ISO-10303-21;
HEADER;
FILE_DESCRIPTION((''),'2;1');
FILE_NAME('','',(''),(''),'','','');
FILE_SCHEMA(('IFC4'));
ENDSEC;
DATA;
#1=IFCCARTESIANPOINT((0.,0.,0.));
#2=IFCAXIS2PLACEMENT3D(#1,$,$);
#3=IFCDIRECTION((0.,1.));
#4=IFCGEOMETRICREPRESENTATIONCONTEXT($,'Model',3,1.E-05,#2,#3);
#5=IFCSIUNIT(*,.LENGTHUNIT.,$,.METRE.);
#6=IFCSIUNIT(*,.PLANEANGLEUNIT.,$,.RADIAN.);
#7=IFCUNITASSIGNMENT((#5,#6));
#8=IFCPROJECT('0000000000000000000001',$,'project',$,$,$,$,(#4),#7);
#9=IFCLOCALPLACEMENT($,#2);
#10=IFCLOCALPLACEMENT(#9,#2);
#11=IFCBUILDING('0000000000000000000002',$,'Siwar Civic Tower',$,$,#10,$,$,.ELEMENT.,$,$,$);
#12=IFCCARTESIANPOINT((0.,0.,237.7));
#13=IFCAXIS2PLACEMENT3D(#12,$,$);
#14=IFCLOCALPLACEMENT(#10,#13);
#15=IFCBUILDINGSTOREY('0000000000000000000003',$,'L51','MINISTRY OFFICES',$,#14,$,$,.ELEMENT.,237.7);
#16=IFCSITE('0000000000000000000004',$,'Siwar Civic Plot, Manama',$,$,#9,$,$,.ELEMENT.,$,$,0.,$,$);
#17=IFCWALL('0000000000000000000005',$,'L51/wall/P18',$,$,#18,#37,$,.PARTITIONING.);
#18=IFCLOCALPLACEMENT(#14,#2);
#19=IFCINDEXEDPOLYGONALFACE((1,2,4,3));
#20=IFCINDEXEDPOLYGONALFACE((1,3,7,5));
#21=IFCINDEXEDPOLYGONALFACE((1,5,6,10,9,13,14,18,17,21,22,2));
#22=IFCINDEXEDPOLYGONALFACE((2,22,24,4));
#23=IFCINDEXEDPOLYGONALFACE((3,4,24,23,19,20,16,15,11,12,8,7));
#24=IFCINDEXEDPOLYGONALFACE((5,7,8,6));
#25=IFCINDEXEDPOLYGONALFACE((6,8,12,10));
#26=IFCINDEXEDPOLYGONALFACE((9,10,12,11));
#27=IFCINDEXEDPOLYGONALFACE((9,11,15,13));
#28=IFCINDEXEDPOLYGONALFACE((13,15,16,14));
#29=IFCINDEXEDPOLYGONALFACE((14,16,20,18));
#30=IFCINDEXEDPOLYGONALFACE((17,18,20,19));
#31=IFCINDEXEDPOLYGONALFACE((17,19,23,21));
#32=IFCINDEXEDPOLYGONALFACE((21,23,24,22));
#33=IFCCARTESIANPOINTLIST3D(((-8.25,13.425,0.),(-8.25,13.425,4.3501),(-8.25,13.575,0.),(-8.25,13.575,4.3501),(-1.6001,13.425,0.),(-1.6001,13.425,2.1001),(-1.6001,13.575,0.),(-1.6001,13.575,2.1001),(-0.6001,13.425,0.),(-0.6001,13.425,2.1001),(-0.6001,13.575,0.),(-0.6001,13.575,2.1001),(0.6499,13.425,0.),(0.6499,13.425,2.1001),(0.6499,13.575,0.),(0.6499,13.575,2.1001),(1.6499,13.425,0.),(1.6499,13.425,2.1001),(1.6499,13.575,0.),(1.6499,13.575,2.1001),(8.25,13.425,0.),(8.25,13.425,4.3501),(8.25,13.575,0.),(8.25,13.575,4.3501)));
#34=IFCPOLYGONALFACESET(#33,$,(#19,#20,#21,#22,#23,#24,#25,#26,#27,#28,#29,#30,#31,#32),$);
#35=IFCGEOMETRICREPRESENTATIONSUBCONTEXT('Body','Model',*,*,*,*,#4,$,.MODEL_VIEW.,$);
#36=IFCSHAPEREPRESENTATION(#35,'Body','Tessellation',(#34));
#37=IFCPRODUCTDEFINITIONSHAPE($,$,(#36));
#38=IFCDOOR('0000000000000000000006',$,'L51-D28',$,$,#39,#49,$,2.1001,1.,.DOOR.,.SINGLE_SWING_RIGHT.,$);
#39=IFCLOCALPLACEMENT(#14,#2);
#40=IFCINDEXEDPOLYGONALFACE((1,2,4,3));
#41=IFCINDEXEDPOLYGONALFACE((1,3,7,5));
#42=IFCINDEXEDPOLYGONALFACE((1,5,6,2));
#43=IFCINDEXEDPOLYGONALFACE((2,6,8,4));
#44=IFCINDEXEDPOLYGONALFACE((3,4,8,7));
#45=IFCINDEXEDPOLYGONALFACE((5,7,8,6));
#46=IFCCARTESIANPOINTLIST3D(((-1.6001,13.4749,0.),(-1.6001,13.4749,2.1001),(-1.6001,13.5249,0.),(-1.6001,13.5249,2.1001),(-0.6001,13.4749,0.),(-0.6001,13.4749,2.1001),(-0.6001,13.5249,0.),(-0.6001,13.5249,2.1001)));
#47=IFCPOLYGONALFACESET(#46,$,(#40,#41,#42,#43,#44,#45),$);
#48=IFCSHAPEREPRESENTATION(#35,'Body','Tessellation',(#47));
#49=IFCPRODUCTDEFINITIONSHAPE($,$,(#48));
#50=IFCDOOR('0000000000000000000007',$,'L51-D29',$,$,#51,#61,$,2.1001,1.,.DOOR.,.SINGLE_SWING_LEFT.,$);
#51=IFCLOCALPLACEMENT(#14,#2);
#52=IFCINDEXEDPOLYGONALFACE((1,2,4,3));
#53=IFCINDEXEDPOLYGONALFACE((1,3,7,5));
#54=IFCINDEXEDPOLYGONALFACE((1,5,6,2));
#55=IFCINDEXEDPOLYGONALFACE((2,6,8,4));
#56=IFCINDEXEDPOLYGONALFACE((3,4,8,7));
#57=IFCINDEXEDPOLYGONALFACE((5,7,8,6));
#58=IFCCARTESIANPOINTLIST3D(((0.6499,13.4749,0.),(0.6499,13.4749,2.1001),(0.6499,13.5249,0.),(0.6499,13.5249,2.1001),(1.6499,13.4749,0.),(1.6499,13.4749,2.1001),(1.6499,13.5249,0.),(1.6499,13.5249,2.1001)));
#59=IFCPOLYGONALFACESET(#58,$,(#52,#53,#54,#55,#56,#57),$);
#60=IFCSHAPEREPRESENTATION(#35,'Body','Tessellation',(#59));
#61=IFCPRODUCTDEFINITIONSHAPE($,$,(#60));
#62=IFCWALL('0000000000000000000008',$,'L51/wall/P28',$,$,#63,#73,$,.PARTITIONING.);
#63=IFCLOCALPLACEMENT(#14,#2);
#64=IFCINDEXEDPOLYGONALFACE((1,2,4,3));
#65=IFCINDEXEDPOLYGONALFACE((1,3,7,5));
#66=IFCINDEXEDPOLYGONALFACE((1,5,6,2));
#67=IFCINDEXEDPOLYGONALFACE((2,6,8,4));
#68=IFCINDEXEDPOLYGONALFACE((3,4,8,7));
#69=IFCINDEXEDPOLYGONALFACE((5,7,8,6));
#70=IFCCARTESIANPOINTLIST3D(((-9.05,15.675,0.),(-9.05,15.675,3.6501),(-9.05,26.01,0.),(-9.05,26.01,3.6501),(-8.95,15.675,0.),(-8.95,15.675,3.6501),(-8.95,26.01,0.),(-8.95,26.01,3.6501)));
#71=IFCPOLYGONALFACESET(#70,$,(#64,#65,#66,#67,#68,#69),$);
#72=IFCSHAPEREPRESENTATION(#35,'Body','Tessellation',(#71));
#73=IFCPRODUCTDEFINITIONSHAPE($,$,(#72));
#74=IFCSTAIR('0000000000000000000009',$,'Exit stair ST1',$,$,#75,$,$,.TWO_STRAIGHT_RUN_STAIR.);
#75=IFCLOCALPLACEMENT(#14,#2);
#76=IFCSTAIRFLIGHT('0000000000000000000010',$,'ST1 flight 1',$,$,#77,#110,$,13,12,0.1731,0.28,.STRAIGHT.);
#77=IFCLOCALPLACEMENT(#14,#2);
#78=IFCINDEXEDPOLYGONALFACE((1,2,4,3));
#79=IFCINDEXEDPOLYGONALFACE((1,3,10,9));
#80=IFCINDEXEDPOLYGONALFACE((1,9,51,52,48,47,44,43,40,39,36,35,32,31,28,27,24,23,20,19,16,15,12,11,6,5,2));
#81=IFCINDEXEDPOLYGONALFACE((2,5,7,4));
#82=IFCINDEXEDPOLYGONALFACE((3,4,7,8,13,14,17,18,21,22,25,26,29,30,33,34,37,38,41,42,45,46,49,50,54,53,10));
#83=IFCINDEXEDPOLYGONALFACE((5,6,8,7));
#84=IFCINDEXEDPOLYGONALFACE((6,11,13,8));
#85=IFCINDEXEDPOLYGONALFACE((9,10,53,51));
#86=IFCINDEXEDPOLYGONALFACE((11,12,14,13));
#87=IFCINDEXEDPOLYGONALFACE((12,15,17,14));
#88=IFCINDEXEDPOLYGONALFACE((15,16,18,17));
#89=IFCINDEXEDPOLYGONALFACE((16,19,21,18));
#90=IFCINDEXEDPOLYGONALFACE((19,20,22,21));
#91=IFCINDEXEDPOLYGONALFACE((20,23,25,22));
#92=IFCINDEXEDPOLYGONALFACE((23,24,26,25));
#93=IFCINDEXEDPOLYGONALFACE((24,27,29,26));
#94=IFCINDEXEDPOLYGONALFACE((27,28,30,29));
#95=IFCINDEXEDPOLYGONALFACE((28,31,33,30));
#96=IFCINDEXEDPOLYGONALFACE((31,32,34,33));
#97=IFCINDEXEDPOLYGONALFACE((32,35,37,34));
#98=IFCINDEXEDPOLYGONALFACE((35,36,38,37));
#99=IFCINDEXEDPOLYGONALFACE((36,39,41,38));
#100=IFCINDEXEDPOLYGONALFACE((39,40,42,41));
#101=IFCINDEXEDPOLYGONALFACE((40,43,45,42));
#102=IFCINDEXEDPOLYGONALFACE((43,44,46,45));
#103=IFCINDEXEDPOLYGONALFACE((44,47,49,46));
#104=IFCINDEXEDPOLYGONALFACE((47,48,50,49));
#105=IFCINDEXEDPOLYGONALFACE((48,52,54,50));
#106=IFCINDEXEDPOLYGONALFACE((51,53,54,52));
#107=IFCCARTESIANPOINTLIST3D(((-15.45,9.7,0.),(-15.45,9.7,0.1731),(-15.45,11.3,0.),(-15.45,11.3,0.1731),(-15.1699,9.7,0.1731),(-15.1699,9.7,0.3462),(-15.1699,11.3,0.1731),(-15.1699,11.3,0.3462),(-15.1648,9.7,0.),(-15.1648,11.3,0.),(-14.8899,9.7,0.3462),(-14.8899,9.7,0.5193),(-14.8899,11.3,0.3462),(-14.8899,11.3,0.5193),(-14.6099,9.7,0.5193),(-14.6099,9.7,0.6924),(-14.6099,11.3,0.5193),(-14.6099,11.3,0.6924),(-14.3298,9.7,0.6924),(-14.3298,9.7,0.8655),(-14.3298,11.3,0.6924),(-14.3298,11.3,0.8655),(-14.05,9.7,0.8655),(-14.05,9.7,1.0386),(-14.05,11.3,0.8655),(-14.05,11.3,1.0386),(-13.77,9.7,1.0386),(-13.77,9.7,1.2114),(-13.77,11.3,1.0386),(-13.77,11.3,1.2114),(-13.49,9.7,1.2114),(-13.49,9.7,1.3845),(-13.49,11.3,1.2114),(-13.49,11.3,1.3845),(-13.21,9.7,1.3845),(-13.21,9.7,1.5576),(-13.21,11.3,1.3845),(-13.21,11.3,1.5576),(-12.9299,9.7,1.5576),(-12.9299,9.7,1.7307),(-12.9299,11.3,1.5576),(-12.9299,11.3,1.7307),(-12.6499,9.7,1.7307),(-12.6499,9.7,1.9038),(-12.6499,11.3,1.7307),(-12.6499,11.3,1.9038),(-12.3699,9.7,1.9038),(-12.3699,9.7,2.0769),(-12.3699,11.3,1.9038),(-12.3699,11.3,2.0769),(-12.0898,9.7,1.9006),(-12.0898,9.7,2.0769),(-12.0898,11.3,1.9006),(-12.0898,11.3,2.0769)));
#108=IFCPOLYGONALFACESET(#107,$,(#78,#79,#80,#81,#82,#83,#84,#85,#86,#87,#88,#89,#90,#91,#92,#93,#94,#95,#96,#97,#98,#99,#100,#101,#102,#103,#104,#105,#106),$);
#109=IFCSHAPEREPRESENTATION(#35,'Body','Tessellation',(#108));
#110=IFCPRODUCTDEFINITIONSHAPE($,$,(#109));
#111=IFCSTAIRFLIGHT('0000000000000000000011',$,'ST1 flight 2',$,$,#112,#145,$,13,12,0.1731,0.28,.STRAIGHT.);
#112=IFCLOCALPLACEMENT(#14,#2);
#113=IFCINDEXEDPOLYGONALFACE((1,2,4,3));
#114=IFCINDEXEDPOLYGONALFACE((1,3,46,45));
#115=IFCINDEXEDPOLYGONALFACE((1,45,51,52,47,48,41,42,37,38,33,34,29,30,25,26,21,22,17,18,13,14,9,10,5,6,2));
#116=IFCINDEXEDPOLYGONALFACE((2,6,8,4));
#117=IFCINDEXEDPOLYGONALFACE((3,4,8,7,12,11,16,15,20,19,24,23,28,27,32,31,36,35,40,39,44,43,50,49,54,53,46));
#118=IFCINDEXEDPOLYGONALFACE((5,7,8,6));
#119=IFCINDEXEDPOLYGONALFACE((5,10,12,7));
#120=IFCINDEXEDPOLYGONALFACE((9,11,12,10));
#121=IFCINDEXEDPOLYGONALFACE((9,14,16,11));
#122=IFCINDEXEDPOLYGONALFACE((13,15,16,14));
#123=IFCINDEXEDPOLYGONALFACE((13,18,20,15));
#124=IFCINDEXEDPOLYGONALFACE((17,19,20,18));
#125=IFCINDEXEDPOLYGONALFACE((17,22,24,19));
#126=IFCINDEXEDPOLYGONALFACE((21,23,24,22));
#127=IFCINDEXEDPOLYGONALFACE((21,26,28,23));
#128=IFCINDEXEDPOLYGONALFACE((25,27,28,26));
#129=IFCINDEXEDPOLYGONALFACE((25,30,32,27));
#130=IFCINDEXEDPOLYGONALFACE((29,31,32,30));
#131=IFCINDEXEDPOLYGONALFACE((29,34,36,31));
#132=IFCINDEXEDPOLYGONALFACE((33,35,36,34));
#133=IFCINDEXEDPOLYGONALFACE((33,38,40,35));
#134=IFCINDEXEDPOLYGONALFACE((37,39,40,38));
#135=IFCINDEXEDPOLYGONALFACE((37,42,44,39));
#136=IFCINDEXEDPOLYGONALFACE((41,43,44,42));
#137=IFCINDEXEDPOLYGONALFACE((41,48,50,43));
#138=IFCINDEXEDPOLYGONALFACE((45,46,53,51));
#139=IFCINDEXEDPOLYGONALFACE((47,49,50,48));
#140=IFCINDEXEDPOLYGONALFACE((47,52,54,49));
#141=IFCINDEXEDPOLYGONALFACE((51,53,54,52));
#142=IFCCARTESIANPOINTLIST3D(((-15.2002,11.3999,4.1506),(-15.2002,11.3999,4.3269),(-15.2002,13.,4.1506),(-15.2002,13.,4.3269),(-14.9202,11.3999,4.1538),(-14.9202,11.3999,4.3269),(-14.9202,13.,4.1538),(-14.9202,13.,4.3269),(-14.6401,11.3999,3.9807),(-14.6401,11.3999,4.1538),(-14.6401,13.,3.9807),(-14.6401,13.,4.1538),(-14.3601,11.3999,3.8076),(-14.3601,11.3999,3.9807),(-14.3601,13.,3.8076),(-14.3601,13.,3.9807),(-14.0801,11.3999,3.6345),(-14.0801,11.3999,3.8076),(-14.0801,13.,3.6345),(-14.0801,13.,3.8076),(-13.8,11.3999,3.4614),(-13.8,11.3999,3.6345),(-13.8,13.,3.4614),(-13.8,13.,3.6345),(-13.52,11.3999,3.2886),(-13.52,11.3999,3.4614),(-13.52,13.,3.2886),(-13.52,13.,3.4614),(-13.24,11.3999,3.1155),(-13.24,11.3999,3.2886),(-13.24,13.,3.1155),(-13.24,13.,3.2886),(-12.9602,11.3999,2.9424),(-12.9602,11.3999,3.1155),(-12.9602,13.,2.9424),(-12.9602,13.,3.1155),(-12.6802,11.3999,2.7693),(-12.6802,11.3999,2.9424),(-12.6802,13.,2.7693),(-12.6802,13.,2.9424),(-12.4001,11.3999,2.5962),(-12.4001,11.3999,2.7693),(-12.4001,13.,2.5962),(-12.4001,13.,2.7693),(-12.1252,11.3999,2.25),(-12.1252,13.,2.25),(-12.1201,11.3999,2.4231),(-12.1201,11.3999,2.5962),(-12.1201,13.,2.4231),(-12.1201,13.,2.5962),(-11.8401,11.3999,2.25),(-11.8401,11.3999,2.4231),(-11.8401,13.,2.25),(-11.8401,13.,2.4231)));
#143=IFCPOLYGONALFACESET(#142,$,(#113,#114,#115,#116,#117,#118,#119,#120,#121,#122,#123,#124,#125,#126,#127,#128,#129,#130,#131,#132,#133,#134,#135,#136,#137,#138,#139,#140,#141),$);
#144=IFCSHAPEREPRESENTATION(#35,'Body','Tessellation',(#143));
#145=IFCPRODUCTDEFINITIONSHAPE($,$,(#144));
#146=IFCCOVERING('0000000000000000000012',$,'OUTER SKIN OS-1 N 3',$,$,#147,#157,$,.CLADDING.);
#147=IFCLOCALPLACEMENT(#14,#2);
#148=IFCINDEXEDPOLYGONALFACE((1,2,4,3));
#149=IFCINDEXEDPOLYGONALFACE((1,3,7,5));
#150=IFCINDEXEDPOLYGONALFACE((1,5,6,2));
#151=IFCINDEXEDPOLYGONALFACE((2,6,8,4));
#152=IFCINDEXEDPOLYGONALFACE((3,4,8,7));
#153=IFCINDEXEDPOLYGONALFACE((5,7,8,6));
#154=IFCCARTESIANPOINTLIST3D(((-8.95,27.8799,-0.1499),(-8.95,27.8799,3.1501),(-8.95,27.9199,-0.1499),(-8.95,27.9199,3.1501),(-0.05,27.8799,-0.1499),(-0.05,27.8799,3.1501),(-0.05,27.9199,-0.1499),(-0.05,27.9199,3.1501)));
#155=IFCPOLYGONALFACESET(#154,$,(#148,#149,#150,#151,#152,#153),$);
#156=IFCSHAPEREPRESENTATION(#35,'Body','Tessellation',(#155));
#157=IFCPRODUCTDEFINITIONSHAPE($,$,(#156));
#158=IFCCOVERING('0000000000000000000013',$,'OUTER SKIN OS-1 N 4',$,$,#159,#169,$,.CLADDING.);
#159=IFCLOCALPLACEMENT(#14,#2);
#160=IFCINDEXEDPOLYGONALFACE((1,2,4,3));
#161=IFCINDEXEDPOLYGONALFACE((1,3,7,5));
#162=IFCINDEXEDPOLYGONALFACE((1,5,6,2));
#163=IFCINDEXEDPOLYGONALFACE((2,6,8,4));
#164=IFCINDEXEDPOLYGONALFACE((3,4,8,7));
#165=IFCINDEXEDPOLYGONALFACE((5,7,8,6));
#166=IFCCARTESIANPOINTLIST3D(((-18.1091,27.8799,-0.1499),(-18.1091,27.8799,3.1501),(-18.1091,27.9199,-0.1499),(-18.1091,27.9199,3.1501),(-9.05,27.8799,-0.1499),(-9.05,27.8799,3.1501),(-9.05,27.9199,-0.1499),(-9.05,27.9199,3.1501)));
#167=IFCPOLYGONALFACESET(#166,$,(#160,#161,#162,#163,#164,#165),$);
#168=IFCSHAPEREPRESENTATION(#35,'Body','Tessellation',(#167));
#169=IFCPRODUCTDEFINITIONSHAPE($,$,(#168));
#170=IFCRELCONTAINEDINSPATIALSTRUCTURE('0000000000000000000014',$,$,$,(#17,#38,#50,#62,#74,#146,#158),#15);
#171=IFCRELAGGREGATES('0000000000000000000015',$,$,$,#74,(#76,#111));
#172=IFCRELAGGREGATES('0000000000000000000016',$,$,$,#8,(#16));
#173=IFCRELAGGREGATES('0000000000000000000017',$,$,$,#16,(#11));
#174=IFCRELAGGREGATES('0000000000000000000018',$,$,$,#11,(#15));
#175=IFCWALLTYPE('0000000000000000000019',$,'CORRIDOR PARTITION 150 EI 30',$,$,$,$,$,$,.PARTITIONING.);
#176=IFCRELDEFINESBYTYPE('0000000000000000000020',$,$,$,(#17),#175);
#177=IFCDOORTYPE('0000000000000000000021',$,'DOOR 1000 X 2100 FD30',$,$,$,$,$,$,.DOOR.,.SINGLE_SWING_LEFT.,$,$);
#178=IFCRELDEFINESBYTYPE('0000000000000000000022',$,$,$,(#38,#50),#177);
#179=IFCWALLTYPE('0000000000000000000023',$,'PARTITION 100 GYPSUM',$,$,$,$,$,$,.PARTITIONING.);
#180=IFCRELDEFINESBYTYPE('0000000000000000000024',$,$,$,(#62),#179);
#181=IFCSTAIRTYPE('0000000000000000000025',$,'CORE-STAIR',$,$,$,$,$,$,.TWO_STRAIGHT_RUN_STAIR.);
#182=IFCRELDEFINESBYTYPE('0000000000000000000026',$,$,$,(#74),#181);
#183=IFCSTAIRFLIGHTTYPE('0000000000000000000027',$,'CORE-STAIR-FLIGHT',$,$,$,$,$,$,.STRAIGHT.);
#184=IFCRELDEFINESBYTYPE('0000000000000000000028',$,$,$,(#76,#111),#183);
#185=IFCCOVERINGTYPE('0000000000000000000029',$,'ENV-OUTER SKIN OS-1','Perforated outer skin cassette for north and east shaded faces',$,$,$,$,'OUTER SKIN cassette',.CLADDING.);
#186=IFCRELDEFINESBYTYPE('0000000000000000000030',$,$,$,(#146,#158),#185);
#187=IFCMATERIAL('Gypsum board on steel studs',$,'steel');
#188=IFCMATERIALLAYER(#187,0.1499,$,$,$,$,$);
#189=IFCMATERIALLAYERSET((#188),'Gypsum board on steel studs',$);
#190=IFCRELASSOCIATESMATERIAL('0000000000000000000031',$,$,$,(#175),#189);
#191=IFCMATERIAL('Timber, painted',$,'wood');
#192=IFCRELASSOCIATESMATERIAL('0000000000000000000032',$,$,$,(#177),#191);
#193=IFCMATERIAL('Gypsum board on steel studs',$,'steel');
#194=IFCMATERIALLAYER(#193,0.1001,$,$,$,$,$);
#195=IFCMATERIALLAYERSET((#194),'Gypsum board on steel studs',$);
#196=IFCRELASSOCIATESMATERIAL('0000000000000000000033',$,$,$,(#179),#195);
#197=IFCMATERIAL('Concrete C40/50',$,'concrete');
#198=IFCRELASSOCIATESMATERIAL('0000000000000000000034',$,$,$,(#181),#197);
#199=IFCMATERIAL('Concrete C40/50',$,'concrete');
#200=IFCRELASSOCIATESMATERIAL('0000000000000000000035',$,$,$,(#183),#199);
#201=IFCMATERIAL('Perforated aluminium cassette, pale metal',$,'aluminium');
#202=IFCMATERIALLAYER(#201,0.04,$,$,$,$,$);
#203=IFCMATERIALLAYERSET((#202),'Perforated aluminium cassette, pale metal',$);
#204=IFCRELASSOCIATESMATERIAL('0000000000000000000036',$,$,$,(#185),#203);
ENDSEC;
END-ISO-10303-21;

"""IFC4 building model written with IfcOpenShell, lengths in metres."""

from ifc_helpers import new_model, si_unit, direction, frame, frame_2d, origin, origin_2d, place, context, subcontext, project, spatial, polyline, rectangle, outline, extrude, material, layer, layer_set, type_object, element, fill, aggregate, save


model = new_model("IFC4")

# Units and contexts
model_context = context("Model", 3, precision=1e-05, world=origin(), true_north=direction((0.0, 1.0)))
body_context = subcontext(model_context, "Body", "Model", "MODEL_VIEW")
ifc_project = project(units=[si_unit("LENGTHUNIT", "METRE"), si_unit("PLANEANGLEUNIT", "RADIAN")], contexts=[model_context])

# Site, building, storey
site_placement = place(None, origin())
site = spatial("IfcSite", under=ifc_project, at=site_placement, Name="Siwar Civic Plot, Manama", CompositionType="ELEMENT", RefElevation=0.0)
building_placement = place(site_placement, origin())
building = spatial("IfcBuilding", under=site, at=building_placement, Name="Siwar Civic Tower", CompositionType="ELEMENT")
storey_placement = place(building_placement, frame((0.0, 0.0, 237.7)))
storey = spatial("IfcBuildingStorey", under=building, at=storey_placement, Name="L51", Description="MINISTRY OFFICES", CompositionType="ELEMENT", Elevation=237.7)

# Wall, openings, doors
ifc_material_1 = material(Name="Gypsum board on steel studs", Category="steel")
ifc_layer_1 = layer(ifc_material_1, 0.1499)
ifc_layer_set_1 = layer_set([ifc_layer_1], Name="Gypsum board on steel studs")
wall_type_1 = type_object("IfcWallType", Name="CORRIDOR PARTITION 150 EI 30", PredefinedType="PARTITIONING", material=ifc_layer_set_1)
wall_1_placement = place(storey_placement, frame((-8.25, 13.5, 0.0), z_axis=(0.0, 0.0, 1.0), x_axis=(1.0, 0.0, 0.0)))
wall_1 = element("IfcWall", 1, at=wall_1_placement, inside=storey, type_object=wall_type_1, Name="L51/wall/P18", PredefinedType="PARTITIONING", context=body_context, shape_type="SweptSolid", body=[
    extrude(rectangle(XDim=16.5, YDim=0.1499, at=frame_2d((8.25, 0.0))), origin(), (0.0, 0.0, 1.0), 4.3501),
])
opening_1_placement = place(wall_1_placement, frame((6.6499, 0.0, 0.0)))
opening_1 = element("IfcOpeningElement", 2, at=opening_1_placement, cuts=wall_1, PredefinedType="OPENING", context=body_context, shape_type="SweptSolid", body=[
    extrude(rectangle(XDim=1.0, YDim=2.1001, at=frame_2d((0.5, 1.05))), frame((0.0, 0.085, 0.0), z_axis=(0.0, -1.0, 0.0), x_axis=(1.0, 0.0, 0.0)), (0.0, 0.0, 1.0), 0.1699),
])
opening_2_placement = place(wall_1_placement, frame((8.8999, 0.0, 0.0)))
opening_2 = element("IfcOpeningElement", 3, at=opening_2_placement, cuts=wall_1, PredefinedType="OPENING", context=body_context, shape_type="SweptSolid", body=[
    extrude(rectangle(XDim=1.0, YDim=2.1001, at=frame_2d((0.5, 1.05))), frame((0.0, 0.085, 0.0), z_axis=(0.0, -1.0, 0.0), x_axis=(1.0, 0.0, 0.0)), (0.0, 0.0, 1.0), 0.1699),
])
ifc_material_2 = material(Name="Timber, painted", Category="wood")
door_type_1 = type_object("IfcDoorType", Name="DOOR 1000 X 2100 FD30", OperationType="SINGLE_SWING_LEFT", PredefinedType="DOOR", material=ifc_material_2)
door_1_placement = place(opening_1_placement, origin())
door_1 = element("IfcDoor", 4, at=door_1_placement, inside=storey, type_object=door_type_1, Name="L51-D28", OperationType="SINGLE_SWING_RIGHT", OverallHeight=2.1001, OverallWidth=1.0, PredefinedType="DOOR", context=body_context, shape_type="SweptSolid", body=[
    extrude(rectangle(XDim=1.0, YDim=2.1001, at=frame_2d((0.5, 1.05))), frame((0.0, 0.0249, 0.0), z_axis=(0.0, -1.0, 0.0), x_axis=(1.0, 0.0, 0.0)), (0.0, 0.0, 1.0), 0.05),
])
fill(opening_1, door_1)
door_2_placement = place(opening_2_placement, origin())
door_2 = element("IfcDoor", 5, at=door_2_placement, inside=storey, type_object=door_type_1, Name="L51-D29", OperationType="SINGLE_SWING_LEFT", OverallHeight=2.1001, OverallWidth=1.0, PredefinedType="DOOR", context=body_context, shape_type="SweptSolid", body=[
    extrude(rectangle(XDim=1.0, YDim=2.1001, at=frame_2d((0.5, 1.05))), frame((0.0, 0.0249, 0.0), z_axis=(0.0, -1.0, 0.0), x_axis=(1.0, 0.0, 0.0)), (0.0, 0.0, 1.0), 0.05),
])
fill(opening_2, door_2)

# Wall
ifc_material_3 = material(Name="Gypsum board on steel studs", Category="steel")
ifc_layer_2 = layer(ifc_material_3, 0.1001)
ifc_layer_set_2 = layer_set([ifc_layer_2], Name="Gypsum board on steel studs")
wall_type_2 = type_object("IfcWallType", Name="PARTITION 100 GYPSUM", PredefinedType="PARTITIONING", material=ifc_layer_set_2)
wall_2_placement = place(storey_placement, frame((-9.0, 15.675, 0.0), z_axis=(0.0, 0.0, 1.0), x_axis=(0.0, 1.0, 0.0)))
element("IfcWall", 6, at=wall_2_placement, inside=storey, type_object=wall_type_2, Name="L51/wall/P28", PredefinedType="PARTITIONING", context=body_context, shape_type="SweptSolid", body=[
    extrude(rectangle(XDim=10.335, YDim=0.1001, at=frame_2d((5.1675, 0.0))), origin(), (0.0, 0.0, 1.0), 3.6501),
])

# Stair, stair flights
ifc_material_4 = material(Name="Concrete C40/50", Category="concrete")
stair_type = type_object("IfcStairType", Name="CORE-STAIR", PredefinedType="TWO_STRAIGHT_RUN_STAIR", material=ifc_material_4)
stair_placement = place(storey_placement, origin())
stair = element("IfcStair", 7, at=stair_placement, inside=storey, type_object=stair_type, Name="Exit stair ST1", PredefinedType="TWO_STRAIGHT_RUN_STAIR")
ifc_material_5 = material(Name="Concrete C40/50", Category="concrete")
stair_flight_type = type_object("IfcStairFlightType", Name="CORE-STAIR-FLIGHT", PredefinedType="STRAIGHT", material=ifc_material_5)
stair_flight_1_placement = place(storey_placement, frame((-15.45, 10.5, 0.0), z_axis=(0.0, 0.0, 1.0), x_axis=(1.0, 0.0, 0.0)))
stair_flight_1 = element("IfcStairFlight", 8, at=stair_flight_1_placement, type_object=stair_flight_type, Name="ST1 flight 1", NumberOfRisers=13, NumberOfTreads=12, PredefinedType="STRAIGHT", RiserHeight=0.1731, TreadLength=0.28, context=body_context, shape_type="SweptSolid", body=[
    extrude(outline(polyline([(0.0, 0.0), (0.0, 0.1731), (0.28, 0.1731), (0.28, 0.3462), (0.5601, 0.3462), (0.5601, 0.5193), (0.8401, 0.5193), (0.8401, 0.6924), (1.1201, 0.6924), (1.1201, 0.8655), (1.3999, 0.8655), (1.3999, 1.0386), (1.6799, 1.0386), (1.6799, 1.2114), (1.96, 1.2114), (1.96, 1.3845), (2.24, 1.3845), (2.24, 1.5576), (2.52, 1.5576), (2.52, 1.7307), (2.8, 1.7307), (2.8, 1.9038), (3.0801, 1.9038), (3.0801, 2.0769), (3.3601, 2.0769), (3.3601, 2.25), (3.3601, 1.9006), (0.2852, 0.0), (0.0, 0.0)])), frame((0.0, 0.8, 0.0), z_axis=(0.0, -1.0, 0.0), x_axis=(1.0, 0.0, 0.0)), (0.0, 0.0, 1.0), 1.6001),
])
stair_flight_2_placement = place(storey_placement, frame((-11.8401, 12.2, 2.25), z_axis=(0.0, 0.0, 1.0), x_axis=(-1.0, 0.0, 0.0)))
stair_flight_2 = element("IfcStairFlight", 9, at=stair_flight_2_placement, type_object=stair_flight_type, Name="ST1 flight 2", NumberOfRisers=13, NumberOfTreads=12, PredefinedType="STRAIGHT", RiserHeight=0.1731, TreadLength=0.28, context=body_context, shape_type="SweptSolid", body=[
    extrude(outline(polyline([(0.0, 0.0), (0.0, 0.1731), (0.28, 0.1731), (0.28, 0.3462), (0.5601, 0.3462), (0.5601, 0.5193), (0.8401, 0.5193), (0.8401, 0.6924), (1.1201, 0.6924), (1.1201, 0.8655), (1.3999, 0.8655), (1.3999, 1.0386), (1.6799, 1.0386), (1.6799, 1.2114), (1.96, 1.2114), (1.96, 1.3845), (2.24, 1.3845), (2.24, 1.5576), (2.52, 1.5576), (2.52, 1.7307), (2.8, 1.7307), (2.8, 1.9038), (3.0801, 1.9038), (3.0801, 2.0769), (3.3601, 2.0769), (3.3601, 2.25), (3.3601, 1.9006), (0.2852, 0.0), (0.0, 0.0)])), frame((0.0, 0.8, 0.0), z_axis=(0.0, -1.0, 0.0), x_axis=(1.0, 0.0, 0.0)), (0.0, 0.0, 1.0), 1.6001),
])
aggregate(stair, [stair_flight_1, stair_flight_2])

# Coverings
ifc_material_6 = material(Name="Perforated aluminium cassette, pale metal", Category="aluminium")
ifc_layer_3 = layer(ifc_material_6, 0.04)
ifc_layer_set_3 = layer_set([ifc_layer_3], Name="Perforated aluminium cassette, pale metal")
covering_type = type_object("IfcCoveringType", Name="ENV-OUTER SKIN OS-1", Description="Perforated outer skin cassette for north and east shaded faces", ElementType="OUTER SKIN cassette", PredefinedType="CLADDING", material=ifc_layer_set_3)
covering_1_placement = place(storey_placement, frame((-4.5, 27.8999, -0.1499), z_axis=(0.0, 0.0, 1.0), x_axis=(-1.0, 0.0, 0.0)))
element("IfcCovering", 10, at=covering_1_placement, inside=storey, type_object=covering_type, Name="OUTER SKIN OS-1 N 3", PredefinedType="CLADDING", context=body_context, shape_type="SweptSolid", body=[
    extrude(rectangle(XDim=8.8999, YDim=0.04, at=origin_2d()), origin(), (0.0, 0.0, 1.0), 3.3),
])
covering_2_placement = place(storey_placement, frame((-13.5796, 27.8999, -0.1499), z_axis=(0.0, 0.0, 1.0), x_axis=(-1.0, 0.0, 0.0)))
element("IfcCovering", 11, at=covering_2_placement, inside=storey, type_object=covering_type, Name="OUTER SKIN OS-1 N 4", PredefinedType="CLADDING", context=body_context, shape_type="SweptSolid", body=[
    extrude(rectangle(XDim=9.0591, YDim=0.04, at=origin_2d()), origin(), (0.0, 0.0, 1.0), 3.3),
])

save(model, "model.ifc")
